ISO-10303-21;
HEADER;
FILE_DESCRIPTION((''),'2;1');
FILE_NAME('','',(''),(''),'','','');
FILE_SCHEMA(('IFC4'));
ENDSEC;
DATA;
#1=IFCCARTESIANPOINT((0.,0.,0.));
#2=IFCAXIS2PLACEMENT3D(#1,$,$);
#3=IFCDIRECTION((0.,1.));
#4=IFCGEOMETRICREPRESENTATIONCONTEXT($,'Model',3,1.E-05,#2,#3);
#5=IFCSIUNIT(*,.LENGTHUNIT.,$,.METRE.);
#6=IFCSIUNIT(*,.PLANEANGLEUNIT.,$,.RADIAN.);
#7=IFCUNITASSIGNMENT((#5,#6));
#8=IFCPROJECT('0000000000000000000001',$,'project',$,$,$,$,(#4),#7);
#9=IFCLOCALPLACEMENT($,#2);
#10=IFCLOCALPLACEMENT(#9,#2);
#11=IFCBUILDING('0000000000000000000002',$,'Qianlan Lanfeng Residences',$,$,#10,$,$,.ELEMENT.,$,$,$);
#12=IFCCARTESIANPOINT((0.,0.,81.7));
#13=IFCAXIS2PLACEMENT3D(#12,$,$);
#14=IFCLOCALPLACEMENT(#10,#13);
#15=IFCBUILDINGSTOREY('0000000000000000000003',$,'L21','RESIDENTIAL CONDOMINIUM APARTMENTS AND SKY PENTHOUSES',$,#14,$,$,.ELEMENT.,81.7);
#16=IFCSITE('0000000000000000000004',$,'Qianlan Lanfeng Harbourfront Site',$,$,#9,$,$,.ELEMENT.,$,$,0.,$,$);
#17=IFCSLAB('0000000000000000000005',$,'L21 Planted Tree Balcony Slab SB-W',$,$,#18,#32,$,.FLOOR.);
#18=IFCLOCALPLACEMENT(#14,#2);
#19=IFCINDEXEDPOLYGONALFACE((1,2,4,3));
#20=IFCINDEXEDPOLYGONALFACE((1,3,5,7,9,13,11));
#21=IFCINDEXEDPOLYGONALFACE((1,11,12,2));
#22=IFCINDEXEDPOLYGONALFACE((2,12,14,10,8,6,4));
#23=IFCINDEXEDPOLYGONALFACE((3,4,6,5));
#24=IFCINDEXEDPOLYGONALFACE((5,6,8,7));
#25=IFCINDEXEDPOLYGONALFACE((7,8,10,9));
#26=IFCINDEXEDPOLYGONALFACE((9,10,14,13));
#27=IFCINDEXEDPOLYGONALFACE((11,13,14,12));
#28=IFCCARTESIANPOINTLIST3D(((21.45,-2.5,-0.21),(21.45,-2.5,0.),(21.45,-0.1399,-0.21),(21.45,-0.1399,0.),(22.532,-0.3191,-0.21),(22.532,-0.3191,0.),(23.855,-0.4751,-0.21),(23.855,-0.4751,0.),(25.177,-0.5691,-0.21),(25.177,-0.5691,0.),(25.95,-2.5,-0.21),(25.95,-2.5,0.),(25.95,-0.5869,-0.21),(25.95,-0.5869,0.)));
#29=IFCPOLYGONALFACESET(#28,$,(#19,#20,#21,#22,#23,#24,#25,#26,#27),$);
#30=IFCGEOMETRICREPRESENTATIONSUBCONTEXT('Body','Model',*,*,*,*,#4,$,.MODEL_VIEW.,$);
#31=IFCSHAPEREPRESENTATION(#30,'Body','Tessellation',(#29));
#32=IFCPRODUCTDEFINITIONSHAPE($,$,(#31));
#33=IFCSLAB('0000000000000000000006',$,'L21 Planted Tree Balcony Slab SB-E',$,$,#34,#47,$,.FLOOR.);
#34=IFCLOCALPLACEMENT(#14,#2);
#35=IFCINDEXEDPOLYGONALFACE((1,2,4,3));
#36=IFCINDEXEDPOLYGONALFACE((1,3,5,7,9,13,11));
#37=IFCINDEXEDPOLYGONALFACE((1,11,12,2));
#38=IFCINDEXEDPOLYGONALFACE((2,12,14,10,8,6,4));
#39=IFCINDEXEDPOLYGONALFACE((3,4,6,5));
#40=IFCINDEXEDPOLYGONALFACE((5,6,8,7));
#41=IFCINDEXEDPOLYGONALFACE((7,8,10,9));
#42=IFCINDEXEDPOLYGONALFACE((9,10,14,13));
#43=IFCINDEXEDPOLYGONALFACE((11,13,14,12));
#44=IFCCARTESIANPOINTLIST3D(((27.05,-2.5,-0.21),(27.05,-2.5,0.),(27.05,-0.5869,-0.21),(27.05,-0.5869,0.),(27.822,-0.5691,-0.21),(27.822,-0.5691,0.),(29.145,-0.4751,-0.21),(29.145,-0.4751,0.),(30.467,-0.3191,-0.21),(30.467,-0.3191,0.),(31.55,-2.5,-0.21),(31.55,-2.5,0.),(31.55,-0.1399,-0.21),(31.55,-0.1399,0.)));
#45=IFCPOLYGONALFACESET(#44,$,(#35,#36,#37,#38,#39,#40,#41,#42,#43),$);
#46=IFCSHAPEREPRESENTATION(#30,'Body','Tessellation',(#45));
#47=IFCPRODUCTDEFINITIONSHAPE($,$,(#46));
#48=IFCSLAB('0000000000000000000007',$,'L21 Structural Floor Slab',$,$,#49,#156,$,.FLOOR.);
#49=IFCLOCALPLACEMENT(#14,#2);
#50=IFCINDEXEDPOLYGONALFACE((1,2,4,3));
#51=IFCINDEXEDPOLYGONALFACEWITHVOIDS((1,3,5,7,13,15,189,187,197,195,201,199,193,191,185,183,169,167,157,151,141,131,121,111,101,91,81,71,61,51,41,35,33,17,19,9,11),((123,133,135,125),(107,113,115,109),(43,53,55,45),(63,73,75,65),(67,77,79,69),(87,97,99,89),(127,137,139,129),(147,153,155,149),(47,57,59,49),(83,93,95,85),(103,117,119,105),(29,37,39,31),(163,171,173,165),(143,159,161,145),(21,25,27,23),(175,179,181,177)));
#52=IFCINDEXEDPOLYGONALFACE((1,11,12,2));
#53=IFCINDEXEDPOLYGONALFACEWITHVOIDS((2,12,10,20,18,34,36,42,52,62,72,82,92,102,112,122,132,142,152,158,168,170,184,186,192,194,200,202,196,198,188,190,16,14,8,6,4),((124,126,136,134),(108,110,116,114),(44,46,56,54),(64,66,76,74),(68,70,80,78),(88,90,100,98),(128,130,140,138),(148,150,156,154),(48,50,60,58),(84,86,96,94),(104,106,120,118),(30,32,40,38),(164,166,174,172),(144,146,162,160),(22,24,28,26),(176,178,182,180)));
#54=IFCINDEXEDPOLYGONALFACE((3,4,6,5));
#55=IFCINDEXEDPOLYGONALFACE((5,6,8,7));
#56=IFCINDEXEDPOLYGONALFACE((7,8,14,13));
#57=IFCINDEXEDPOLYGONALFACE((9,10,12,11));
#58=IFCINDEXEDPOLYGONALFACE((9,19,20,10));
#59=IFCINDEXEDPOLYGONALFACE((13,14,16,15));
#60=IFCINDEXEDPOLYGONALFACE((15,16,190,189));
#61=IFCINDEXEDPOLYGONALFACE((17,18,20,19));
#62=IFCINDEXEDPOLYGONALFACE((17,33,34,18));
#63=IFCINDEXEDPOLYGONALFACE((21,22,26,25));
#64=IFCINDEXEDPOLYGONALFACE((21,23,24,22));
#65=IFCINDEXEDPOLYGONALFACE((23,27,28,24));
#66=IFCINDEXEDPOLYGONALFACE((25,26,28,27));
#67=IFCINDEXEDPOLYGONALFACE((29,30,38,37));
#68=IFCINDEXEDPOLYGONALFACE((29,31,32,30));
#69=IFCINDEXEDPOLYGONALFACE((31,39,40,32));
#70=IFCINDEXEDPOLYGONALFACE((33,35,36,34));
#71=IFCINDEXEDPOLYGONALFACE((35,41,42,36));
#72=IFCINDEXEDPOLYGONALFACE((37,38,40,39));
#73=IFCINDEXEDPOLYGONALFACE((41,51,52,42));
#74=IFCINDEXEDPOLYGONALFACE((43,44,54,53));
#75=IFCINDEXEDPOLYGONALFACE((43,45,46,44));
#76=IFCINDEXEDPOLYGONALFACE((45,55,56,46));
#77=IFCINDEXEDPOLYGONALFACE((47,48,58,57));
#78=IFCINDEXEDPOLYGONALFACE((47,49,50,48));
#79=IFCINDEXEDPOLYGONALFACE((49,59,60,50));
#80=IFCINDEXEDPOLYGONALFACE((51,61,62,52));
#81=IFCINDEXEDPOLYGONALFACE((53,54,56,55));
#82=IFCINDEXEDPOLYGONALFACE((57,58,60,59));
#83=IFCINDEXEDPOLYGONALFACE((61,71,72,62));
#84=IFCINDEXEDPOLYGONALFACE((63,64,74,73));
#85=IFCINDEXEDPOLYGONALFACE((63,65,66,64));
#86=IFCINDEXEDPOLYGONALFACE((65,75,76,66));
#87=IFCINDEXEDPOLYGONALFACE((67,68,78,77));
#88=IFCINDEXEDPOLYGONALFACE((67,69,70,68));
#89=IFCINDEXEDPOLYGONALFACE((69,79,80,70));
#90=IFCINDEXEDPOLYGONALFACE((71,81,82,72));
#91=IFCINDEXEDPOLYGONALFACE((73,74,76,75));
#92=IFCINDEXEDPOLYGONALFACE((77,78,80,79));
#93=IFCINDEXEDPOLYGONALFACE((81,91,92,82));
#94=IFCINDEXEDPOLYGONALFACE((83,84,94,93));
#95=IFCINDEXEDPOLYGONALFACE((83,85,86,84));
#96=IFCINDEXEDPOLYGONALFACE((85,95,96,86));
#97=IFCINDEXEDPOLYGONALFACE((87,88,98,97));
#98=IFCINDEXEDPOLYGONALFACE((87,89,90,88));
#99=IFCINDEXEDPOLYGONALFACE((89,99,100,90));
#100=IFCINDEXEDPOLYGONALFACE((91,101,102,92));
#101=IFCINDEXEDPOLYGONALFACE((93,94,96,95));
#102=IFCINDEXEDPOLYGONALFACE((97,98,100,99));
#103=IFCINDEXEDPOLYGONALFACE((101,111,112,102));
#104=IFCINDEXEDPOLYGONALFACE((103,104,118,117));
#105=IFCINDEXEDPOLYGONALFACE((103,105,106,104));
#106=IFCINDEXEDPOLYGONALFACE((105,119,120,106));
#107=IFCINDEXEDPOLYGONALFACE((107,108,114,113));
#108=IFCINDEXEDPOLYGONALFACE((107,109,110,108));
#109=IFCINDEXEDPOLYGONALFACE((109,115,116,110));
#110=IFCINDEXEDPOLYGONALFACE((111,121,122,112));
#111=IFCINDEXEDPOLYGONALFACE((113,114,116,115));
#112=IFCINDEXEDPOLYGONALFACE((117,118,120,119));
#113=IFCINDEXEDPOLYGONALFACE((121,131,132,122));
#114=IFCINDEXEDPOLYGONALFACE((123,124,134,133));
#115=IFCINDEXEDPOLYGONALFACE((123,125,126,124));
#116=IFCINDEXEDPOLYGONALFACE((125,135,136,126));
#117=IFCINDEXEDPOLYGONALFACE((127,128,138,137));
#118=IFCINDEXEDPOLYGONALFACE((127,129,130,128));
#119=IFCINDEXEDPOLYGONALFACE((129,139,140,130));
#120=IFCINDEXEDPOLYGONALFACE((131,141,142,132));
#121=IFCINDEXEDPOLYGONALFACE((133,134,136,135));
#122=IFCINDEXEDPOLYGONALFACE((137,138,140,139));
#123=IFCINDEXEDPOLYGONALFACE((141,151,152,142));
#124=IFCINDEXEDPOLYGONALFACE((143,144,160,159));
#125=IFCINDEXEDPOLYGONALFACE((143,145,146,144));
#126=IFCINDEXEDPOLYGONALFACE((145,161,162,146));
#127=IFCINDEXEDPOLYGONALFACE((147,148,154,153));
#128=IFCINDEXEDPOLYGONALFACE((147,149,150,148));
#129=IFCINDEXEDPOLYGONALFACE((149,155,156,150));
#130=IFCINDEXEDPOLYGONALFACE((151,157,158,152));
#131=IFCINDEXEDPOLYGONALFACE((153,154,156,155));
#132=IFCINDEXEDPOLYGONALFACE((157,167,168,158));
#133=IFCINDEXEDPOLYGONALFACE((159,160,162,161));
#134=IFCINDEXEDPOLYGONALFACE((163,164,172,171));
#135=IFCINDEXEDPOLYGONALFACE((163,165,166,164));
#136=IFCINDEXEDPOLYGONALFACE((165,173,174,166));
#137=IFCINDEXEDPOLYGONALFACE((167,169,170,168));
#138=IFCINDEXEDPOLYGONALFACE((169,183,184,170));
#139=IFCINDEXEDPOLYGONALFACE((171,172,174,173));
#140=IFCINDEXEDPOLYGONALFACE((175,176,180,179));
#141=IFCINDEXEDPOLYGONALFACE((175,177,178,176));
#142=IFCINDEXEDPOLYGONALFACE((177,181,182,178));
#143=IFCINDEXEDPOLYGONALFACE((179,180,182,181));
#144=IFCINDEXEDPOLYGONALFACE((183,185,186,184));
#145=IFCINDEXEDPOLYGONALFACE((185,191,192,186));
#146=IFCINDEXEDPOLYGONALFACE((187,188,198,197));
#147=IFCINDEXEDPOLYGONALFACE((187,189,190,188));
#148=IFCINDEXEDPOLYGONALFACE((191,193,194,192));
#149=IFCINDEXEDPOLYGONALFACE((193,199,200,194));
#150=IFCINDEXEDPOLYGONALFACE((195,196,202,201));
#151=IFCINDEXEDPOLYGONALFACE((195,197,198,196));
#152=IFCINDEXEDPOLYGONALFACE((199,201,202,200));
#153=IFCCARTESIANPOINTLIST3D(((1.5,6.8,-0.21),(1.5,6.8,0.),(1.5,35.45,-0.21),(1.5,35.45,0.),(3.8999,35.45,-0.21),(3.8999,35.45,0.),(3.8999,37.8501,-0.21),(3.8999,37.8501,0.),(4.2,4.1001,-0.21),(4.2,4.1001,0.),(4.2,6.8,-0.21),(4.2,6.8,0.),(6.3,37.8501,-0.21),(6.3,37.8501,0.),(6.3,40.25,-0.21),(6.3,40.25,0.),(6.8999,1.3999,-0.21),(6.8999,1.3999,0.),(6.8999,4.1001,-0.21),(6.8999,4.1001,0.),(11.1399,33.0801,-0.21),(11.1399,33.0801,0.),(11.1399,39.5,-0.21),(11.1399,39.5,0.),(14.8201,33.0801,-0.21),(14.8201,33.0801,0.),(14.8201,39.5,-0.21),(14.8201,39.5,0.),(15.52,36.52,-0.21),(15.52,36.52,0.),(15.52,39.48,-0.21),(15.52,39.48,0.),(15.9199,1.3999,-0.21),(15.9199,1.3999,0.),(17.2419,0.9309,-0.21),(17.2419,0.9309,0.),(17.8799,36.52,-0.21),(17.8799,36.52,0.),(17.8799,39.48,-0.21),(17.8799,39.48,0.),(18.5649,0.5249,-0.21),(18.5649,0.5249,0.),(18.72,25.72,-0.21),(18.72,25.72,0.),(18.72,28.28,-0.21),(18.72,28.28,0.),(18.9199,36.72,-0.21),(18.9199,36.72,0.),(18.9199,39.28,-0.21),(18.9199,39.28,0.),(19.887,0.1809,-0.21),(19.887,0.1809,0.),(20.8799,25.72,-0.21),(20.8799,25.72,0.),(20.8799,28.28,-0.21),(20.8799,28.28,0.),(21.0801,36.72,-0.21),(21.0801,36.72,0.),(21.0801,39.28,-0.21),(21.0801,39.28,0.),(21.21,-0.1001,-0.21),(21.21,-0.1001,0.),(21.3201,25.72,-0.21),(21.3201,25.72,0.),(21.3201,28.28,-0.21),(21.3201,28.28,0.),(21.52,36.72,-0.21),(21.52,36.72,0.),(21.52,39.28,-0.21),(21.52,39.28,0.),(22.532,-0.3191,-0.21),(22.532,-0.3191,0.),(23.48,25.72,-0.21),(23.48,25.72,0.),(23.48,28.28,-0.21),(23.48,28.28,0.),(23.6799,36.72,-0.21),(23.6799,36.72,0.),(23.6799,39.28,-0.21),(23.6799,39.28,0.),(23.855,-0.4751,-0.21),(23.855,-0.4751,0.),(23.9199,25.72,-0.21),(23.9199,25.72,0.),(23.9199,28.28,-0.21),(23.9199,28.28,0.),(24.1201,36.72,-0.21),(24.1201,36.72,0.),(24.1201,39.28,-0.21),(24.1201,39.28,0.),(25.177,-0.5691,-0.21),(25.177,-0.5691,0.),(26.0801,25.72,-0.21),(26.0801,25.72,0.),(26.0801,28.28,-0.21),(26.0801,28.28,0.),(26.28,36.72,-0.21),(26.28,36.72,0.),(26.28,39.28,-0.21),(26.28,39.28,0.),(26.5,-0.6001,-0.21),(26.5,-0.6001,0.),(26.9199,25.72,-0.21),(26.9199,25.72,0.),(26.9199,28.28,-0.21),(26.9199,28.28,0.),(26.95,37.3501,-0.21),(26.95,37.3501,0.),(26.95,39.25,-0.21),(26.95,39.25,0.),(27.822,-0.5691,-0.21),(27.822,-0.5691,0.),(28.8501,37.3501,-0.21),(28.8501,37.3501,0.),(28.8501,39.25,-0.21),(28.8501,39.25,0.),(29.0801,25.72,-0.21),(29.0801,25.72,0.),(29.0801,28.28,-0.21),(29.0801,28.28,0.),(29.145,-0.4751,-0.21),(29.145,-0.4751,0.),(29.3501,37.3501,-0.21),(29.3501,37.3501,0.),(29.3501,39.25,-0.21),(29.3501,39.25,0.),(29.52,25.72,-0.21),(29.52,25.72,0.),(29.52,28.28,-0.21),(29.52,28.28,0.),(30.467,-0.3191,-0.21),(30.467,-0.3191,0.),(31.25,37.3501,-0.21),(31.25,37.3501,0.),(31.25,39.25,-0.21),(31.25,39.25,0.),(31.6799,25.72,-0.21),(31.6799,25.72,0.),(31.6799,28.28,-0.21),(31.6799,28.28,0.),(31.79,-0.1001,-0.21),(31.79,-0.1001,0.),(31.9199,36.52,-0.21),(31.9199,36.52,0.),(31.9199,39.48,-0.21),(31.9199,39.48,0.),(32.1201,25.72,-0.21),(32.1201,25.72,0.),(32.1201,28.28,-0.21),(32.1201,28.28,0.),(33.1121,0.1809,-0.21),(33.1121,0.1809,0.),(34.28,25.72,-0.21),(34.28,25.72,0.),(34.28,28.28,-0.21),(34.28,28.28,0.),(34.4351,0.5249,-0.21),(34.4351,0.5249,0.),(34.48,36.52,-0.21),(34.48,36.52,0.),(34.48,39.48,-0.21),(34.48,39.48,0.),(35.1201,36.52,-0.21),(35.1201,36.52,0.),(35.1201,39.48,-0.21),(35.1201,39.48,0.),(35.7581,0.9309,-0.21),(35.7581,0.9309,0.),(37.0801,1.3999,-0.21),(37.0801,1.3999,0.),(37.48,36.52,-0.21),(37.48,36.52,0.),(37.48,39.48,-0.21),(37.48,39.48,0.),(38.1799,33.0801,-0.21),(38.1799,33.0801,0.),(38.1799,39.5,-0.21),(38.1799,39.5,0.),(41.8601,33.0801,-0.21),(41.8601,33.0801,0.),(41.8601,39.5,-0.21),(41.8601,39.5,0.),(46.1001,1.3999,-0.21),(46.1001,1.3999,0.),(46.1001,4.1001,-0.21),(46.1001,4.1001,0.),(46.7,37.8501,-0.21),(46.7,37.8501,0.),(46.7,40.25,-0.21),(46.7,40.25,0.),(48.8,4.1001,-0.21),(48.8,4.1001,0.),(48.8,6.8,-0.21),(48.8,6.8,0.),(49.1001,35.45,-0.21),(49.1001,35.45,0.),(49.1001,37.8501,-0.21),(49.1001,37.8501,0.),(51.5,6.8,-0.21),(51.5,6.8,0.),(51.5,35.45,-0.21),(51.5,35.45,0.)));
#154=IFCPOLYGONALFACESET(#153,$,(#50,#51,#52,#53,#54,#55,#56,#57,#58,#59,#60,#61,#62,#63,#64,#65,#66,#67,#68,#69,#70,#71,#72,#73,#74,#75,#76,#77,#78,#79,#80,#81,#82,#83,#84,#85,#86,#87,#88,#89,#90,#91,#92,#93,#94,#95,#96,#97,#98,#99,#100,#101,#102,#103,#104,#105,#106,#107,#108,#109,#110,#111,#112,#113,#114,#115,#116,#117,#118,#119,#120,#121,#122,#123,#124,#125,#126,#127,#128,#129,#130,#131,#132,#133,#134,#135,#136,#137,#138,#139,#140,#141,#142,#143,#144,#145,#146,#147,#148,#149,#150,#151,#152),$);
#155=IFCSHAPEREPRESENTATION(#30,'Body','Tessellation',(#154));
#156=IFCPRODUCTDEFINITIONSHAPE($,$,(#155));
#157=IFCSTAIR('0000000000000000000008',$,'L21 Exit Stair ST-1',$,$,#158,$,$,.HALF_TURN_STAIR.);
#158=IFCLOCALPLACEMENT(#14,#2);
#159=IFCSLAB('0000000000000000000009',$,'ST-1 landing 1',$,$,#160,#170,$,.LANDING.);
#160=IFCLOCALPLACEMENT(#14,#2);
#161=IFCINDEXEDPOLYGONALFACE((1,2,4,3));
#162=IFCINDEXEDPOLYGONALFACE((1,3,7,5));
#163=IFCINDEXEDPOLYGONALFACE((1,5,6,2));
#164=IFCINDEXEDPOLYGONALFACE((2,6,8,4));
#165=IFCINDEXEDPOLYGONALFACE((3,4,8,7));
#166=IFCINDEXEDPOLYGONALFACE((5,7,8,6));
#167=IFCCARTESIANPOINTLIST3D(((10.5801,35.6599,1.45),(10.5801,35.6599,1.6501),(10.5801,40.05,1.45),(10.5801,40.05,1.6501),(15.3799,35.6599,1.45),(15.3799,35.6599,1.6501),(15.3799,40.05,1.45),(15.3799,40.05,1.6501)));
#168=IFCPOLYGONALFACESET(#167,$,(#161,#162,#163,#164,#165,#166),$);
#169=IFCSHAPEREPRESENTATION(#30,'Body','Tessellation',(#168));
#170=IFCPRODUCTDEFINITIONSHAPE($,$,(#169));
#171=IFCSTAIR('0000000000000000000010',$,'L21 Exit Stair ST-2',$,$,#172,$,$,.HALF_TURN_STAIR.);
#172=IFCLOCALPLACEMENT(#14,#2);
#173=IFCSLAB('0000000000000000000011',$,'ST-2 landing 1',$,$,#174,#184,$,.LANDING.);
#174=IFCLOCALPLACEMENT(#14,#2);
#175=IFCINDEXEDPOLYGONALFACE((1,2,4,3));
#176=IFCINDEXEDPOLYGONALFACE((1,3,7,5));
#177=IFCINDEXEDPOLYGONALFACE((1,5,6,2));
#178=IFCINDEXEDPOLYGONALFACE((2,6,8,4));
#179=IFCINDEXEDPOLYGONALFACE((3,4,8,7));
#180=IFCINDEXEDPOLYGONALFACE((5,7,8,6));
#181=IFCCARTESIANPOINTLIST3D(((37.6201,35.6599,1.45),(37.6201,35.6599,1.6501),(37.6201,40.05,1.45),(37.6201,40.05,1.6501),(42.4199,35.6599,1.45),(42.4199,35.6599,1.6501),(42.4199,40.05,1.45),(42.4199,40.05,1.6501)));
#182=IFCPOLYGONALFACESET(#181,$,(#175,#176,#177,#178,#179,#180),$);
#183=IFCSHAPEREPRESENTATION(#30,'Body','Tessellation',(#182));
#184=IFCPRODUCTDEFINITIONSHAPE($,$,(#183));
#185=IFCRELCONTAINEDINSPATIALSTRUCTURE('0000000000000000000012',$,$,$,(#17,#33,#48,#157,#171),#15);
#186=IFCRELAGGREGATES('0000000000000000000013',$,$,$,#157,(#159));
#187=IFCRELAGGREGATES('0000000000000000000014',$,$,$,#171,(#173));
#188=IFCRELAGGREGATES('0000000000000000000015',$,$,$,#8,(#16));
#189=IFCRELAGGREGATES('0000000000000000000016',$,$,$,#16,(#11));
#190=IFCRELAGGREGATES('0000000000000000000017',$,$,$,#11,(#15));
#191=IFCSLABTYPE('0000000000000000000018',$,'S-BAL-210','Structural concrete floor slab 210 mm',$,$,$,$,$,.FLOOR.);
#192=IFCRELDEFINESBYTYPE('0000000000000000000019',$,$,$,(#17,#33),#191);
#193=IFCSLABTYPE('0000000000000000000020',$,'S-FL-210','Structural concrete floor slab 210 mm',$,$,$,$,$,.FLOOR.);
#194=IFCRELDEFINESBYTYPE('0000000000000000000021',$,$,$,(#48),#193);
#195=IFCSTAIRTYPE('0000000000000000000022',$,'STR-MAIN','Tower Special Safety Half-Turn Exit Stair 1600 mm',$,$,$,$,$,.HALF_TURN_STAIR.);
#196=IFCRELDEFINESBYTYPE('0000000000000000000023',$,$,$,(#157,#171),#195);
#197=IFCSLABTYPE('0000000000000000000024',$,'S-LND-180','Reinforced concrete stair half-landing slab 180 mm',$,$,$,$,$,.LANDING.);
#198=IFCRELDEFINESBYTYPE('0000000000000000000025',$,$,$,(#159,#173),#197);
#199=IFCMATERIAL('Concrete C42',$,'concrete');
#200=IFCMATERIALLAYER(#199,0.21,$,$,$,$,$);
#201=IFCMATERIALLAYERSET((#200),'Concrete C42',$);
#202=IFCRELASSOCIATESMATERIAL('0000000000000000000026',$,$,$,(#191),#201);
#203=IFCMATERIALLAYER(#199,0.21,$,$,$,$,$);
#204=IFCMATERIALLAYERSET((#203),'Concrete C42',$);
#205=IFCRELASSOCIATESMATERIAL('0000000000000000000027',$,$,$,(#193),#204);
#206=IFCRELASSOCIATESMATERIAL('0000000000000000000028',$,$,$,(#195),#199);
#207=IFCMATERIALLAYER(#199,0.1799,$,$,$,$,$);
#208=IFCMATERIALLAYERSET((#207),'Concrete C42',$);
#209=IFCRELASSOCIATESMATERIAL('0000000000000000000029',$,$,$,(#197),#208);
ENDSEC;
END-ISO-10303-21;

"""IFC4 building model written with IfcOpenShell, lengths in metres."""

from ifc_helpers import new_model, si_unit, direction, frame, origin, place, context, subcontext, project, spatial, polyline, outline, extrude, material, layer, layer_set, type_object, element, aggregate, save


model = new_model("IFC4")

# Units and contexts
model_context = context("Model", 3, precision=1e-05, world=origin(), true_north=direction((0.0, 1.0)))
body_context = subcontext(model_context, "Body", "Model", "MODEL_VIEW")
ifc_project = project(units=[si_unit("LENGTHUNIT", "METRE"), si_unit("PLANEANGLEUNIT", "RADIAN")], contexts=[model_context])

# Site, building, storey
site_placement = place(None, origin())
site = spatial("IfcSite", under=ifc_project, at=site_placement, Name="Qianlan Lanfeng Harbourfront Site", CompositionType="ELEMENT", RefElevation=0.0)
building_placement = place(site_placement, origin())
building = spatial("IfcBuilding", under=site, at=building_placement, Name="Qianlan Lanfeng Residences", CompositionType="ELEMENT")
storey_placement = place(building_placement, frame((0.0, 0.0, 81.7)))
storey = spatial("IfcBuildingStorey", under=building, at=storey_placement, Name="L21", Description="RESIDENTIAL CONDOMINIUM APARTMENTS AND SKY PENTHOUSES", CompositionType="ELEMENT", Elevation=81.7)

# Slabs
ifc_material_1 = material(Name="Concrete C42", Category="concrete")
ifc_layer_1 = layer(ifc_material_1, 0.21)
ifc_layer_set_1 = layer_set([ifc_layer_1], Name="Concrete C42")
slab_type_1 = type_object("IfcSlabType", Name="S-BAL-210", Description="Structural concrete floor slab 210 mm", PredefinedType="FLOOR", material=ifc_layer_set_1)
slab_1_placement = place(storey_placement, frame((0.0, 0.0, -0.21)))
element("IfcSlab", 1, at=slab_1_placement, inside=storey, type_object=slab_type_1, Name="L21 Planted Tree Balcony Slab SB-W", PredefinedType="FLOOR", context=body_context, shape_type="SweptSolid", body=[
    extrude(outline(polyline([(25.95, -0.5869), (25.177, -0.5691), (23.855, -0.4751), (22.532, -0.3191), (21.45, -0.1399), (21.45, -2.5), (25.95, -2.5), (25.95, -0.5869)])), origin(), (0.0, 0.0, 1.0), 0.21),
])
slab_2_placement = place(storey_placement, frame((0.0, 0.0, -0.21)))
element("IfcSlab", 2, at=slab_2_placement, inside=storey, type_object=slab_type_1, Name="L21 Planted Tree Balcony Slab SB-E", PredefinedType="FLOOR", context=body_context, shape_type="SweptSolid", body=[
    extrude(outline(polyline([(31.55, -0.1399), (30.467, -0.3191), (29.145, -0.4751), (27.822, -0.5691), (27.05, -0.5869), (27.05, -2.5), (31.55, -2.5), (31.55, -0.1399)])), origin(), (0.0, 0.0, 1.0), 0.21),
])
ifc_layer_2 = layer(ifc_material_1, 0.21)
ifc_layer_set_2 = layer_set([ifc_layer_2], Name="Concrete C42")
slab_type_2 = type_object("IfcSlabType", Name="S-FL-210", Description="Structural concrete floor slab 210 mm", PredefinedType="FLOOR", material=ifc_layer_set_2)
slab_3_placement = place(storey_placement, frame((0.0, 0.0, -0.21)))
element("IfcSlab", 3, at=slab_3_placement, inside=storey, type_object=slab_type_2, Name="L21 Structural Floor Slab", PredefinedType="FLOOR", context=body_context, shape_type="SweptSolid", body=[
    extrude(outline(polyline([(1.5, 6.8), (4.2, 6.8), (4.2, 4.1001), (6.8999, 4.1001), (6.8999, 1.3999), (15.9199, 1.3999), (17.2419, 0.9309), (18.5649, 0.5249), (19.887, 0.1809), (21.21, -0.1001), (22.532, -0.3191), (23.855, -0.4751), (25.177, -0.5691), (26.5, -0.6001), (27.822, -0.5691), (29.145, -0.4751), (30.467, -0.3191), (31.79, -0.1001), (33.1121, 0.1809), (34.4351, 0.5249), (35.7581, 0.9309), (37.0801, 1.3999), (46.1001, 1.3999), (46.1001, 4.1001), (48.8, 4.1001), (48.8, 6.8), (51.5, 6.8), (51.5, 35.45), (49.1001, 35.45), (49.1001, 37.8501), (46.7, 37.8501), (46.7, 40.25), (6.3, 40.25), (6.3, 37.8501), (3.8999, 37.8501), (3.8999, 35.45), (1.5, 35.45), (1.5, 6.8)]), holes=[polyline([(11.1399, 33.0801), (11.1399, 39.5), (14.8201, 39.5), (14.8201, 33.0801), (11.1399, 33.0801)]), polyline([(38.1799, 33.0801), (38.1799, 39.5), (41.8601, 39.5), (41.8601, 33.0801), (38.1799, 33.0801)]), polyline([(15.52, 36.52), (15.52, 39.48), (17.8799, 39.48), (17.8799, 36.52), (15.52, 36.52)]), polyline([(35.1201, 36.52), (35.1201, 39.48), (37.48, 39.48), (37.48, 36.52), (35.1201, 36.52)]), polyline([(31.9199, 36.52), (31.9199, 39.48), (34.48, 39.48), (34.48, 36.52), (31.9199, 36.52)]), polyline([(18.72, 25.72), (18.72, 28.28), (20.8799, 28.28), (20.8799, 25.72), (18.72, 25.72)]), polyline([(21.3201, 25.72), (21.3201, 28.28), (23.48, 28.28), (23.48, 25.72), (21.3201, 25.72)]), polyline([(23.9199, 25.72), (23.9199, 28.28), (26.0801, 28.28), (26.0801, 25.72), (23.9199, 25.72)]), polyline([(26.9199, 25.72), (26.9199, 28.28), (29.0801, 28.28), (29.0801, 25.72), (26.9199, 25.72)]), polyline([(29.52, 25.72), (29.52, 28.28), (31.6799, 28.28), (31.6799, 25.72), (29.52, 25.72)]), polyline([(32.1201, 25.72), (32.1201, 28.28), (34.28, 28.28), (34.28, 25.72), (32.1201, 25.72)]), polyline([(18.9199, 36.72), (18.9199, 39.28), (21.0801, 39.28), (21.0801, 36.72), (18.9199, 36.72)]), polyline([(21.52, 36.72), (21.52, 39.28), (23.6799, 39.28), (23.6799, 36.72), (21.52, 36.72)]), polyline([(24.1201, 36.72), (24.1201, 39.28), (26.28, 39.28), (26.28, 36.72), (24.1201, 36.72)]), polyline([(26.95, 37.3501), (26.95, 39.25), (28.8501, 39.25), (28.8501, 37.3501), (26.95, 37.3501)]), polyline([(29.3501, 37.3501), (29.3501, 39.25), (31.25, 39.25), (31.25, 37.3501), (29.3501, 37.3501)])]), origin(), (0.0, 0.0, 1.0), 0.21),
])

# Stairs, slabs
stair_type = type_object("IfcStairType", Name="STR-MAIN", Description="Tower Special Safety Half-Turn Exit Stair 1600 mm", PredefinedType="HALF_TURN_STAIR", material=ifc_material_1)
stair_1_placement = place(storey_placement, origin())
stair_1 = element("IfcStair", 4, at=stair_1_placement, inside=storey, type_object=stair_type, Name="L21 Exit Stair ST-1", PredefinedType="HALF_TURN_STAIR")
ifc_layer_3 = layer(ifc_material_1, 0.1799)
ifc_layer_set_3 = layer_set([ifc_layer_3], Name="Concrete C42")
slab_type_3 = type_object("IfcSlabType", Name="S-LND-180", Description="Reinforced concrete stair half-landing slab 180 mm", PredefinedType="LANDING", material=ifc_layer_set_3)
slab_4_placement = place(storey_placement, frame((0.0, 0.0, 1.45)))
slab_4 = element("IfcSlab", 5, at=slab_4_placement, type_object=slab_type_3, Name="ST-1 landing 1", PredefinedType="LANDING", context=body_context, shape_type="SweptSolid", body=[
    extrude(outline(polyline([(10.5801, 35.6599), (15.3799, 35.6599), (15.3799, 40.05), (10.5801, 40.05), (10.5801, 35.6599)])), origin(), (0.0, 0.0, 1.0), 0.2002),
])
aggregate(stair_1, [slab_4])
stair_2_placement = place(storey_placement, origin())
stair_2 = element("IfcStair", 6, at=stair_2_placement, inside=storey, type_object=stair_type, Name="L21 Exit Stair ST-2", PredefinedType="HALF_TURN_STAIR")
slab_5_placement = place(storey_placement, frame((0.0, 0.0, 1.45)))
slab_5 = element("IfcSlab", 7, at=slab_5_placement, type_object=slab_type_3, Name="ST-2 landing 1", PredefinedType="LANDING", context=body_context, shape_type="SweptSolid", body=[
    extrude(outline(polyline([(37.6201, 35.6599), (42.4199, 35.6599), (42.4199, 40.05), (37.6201, 40.05), (37.6201, 35.6599)])), origin(), (0.0, 0.0, 1.0), 0.2002),
])
aggregate(stair_2, [slab_5])

save(model, "model.ifc")
